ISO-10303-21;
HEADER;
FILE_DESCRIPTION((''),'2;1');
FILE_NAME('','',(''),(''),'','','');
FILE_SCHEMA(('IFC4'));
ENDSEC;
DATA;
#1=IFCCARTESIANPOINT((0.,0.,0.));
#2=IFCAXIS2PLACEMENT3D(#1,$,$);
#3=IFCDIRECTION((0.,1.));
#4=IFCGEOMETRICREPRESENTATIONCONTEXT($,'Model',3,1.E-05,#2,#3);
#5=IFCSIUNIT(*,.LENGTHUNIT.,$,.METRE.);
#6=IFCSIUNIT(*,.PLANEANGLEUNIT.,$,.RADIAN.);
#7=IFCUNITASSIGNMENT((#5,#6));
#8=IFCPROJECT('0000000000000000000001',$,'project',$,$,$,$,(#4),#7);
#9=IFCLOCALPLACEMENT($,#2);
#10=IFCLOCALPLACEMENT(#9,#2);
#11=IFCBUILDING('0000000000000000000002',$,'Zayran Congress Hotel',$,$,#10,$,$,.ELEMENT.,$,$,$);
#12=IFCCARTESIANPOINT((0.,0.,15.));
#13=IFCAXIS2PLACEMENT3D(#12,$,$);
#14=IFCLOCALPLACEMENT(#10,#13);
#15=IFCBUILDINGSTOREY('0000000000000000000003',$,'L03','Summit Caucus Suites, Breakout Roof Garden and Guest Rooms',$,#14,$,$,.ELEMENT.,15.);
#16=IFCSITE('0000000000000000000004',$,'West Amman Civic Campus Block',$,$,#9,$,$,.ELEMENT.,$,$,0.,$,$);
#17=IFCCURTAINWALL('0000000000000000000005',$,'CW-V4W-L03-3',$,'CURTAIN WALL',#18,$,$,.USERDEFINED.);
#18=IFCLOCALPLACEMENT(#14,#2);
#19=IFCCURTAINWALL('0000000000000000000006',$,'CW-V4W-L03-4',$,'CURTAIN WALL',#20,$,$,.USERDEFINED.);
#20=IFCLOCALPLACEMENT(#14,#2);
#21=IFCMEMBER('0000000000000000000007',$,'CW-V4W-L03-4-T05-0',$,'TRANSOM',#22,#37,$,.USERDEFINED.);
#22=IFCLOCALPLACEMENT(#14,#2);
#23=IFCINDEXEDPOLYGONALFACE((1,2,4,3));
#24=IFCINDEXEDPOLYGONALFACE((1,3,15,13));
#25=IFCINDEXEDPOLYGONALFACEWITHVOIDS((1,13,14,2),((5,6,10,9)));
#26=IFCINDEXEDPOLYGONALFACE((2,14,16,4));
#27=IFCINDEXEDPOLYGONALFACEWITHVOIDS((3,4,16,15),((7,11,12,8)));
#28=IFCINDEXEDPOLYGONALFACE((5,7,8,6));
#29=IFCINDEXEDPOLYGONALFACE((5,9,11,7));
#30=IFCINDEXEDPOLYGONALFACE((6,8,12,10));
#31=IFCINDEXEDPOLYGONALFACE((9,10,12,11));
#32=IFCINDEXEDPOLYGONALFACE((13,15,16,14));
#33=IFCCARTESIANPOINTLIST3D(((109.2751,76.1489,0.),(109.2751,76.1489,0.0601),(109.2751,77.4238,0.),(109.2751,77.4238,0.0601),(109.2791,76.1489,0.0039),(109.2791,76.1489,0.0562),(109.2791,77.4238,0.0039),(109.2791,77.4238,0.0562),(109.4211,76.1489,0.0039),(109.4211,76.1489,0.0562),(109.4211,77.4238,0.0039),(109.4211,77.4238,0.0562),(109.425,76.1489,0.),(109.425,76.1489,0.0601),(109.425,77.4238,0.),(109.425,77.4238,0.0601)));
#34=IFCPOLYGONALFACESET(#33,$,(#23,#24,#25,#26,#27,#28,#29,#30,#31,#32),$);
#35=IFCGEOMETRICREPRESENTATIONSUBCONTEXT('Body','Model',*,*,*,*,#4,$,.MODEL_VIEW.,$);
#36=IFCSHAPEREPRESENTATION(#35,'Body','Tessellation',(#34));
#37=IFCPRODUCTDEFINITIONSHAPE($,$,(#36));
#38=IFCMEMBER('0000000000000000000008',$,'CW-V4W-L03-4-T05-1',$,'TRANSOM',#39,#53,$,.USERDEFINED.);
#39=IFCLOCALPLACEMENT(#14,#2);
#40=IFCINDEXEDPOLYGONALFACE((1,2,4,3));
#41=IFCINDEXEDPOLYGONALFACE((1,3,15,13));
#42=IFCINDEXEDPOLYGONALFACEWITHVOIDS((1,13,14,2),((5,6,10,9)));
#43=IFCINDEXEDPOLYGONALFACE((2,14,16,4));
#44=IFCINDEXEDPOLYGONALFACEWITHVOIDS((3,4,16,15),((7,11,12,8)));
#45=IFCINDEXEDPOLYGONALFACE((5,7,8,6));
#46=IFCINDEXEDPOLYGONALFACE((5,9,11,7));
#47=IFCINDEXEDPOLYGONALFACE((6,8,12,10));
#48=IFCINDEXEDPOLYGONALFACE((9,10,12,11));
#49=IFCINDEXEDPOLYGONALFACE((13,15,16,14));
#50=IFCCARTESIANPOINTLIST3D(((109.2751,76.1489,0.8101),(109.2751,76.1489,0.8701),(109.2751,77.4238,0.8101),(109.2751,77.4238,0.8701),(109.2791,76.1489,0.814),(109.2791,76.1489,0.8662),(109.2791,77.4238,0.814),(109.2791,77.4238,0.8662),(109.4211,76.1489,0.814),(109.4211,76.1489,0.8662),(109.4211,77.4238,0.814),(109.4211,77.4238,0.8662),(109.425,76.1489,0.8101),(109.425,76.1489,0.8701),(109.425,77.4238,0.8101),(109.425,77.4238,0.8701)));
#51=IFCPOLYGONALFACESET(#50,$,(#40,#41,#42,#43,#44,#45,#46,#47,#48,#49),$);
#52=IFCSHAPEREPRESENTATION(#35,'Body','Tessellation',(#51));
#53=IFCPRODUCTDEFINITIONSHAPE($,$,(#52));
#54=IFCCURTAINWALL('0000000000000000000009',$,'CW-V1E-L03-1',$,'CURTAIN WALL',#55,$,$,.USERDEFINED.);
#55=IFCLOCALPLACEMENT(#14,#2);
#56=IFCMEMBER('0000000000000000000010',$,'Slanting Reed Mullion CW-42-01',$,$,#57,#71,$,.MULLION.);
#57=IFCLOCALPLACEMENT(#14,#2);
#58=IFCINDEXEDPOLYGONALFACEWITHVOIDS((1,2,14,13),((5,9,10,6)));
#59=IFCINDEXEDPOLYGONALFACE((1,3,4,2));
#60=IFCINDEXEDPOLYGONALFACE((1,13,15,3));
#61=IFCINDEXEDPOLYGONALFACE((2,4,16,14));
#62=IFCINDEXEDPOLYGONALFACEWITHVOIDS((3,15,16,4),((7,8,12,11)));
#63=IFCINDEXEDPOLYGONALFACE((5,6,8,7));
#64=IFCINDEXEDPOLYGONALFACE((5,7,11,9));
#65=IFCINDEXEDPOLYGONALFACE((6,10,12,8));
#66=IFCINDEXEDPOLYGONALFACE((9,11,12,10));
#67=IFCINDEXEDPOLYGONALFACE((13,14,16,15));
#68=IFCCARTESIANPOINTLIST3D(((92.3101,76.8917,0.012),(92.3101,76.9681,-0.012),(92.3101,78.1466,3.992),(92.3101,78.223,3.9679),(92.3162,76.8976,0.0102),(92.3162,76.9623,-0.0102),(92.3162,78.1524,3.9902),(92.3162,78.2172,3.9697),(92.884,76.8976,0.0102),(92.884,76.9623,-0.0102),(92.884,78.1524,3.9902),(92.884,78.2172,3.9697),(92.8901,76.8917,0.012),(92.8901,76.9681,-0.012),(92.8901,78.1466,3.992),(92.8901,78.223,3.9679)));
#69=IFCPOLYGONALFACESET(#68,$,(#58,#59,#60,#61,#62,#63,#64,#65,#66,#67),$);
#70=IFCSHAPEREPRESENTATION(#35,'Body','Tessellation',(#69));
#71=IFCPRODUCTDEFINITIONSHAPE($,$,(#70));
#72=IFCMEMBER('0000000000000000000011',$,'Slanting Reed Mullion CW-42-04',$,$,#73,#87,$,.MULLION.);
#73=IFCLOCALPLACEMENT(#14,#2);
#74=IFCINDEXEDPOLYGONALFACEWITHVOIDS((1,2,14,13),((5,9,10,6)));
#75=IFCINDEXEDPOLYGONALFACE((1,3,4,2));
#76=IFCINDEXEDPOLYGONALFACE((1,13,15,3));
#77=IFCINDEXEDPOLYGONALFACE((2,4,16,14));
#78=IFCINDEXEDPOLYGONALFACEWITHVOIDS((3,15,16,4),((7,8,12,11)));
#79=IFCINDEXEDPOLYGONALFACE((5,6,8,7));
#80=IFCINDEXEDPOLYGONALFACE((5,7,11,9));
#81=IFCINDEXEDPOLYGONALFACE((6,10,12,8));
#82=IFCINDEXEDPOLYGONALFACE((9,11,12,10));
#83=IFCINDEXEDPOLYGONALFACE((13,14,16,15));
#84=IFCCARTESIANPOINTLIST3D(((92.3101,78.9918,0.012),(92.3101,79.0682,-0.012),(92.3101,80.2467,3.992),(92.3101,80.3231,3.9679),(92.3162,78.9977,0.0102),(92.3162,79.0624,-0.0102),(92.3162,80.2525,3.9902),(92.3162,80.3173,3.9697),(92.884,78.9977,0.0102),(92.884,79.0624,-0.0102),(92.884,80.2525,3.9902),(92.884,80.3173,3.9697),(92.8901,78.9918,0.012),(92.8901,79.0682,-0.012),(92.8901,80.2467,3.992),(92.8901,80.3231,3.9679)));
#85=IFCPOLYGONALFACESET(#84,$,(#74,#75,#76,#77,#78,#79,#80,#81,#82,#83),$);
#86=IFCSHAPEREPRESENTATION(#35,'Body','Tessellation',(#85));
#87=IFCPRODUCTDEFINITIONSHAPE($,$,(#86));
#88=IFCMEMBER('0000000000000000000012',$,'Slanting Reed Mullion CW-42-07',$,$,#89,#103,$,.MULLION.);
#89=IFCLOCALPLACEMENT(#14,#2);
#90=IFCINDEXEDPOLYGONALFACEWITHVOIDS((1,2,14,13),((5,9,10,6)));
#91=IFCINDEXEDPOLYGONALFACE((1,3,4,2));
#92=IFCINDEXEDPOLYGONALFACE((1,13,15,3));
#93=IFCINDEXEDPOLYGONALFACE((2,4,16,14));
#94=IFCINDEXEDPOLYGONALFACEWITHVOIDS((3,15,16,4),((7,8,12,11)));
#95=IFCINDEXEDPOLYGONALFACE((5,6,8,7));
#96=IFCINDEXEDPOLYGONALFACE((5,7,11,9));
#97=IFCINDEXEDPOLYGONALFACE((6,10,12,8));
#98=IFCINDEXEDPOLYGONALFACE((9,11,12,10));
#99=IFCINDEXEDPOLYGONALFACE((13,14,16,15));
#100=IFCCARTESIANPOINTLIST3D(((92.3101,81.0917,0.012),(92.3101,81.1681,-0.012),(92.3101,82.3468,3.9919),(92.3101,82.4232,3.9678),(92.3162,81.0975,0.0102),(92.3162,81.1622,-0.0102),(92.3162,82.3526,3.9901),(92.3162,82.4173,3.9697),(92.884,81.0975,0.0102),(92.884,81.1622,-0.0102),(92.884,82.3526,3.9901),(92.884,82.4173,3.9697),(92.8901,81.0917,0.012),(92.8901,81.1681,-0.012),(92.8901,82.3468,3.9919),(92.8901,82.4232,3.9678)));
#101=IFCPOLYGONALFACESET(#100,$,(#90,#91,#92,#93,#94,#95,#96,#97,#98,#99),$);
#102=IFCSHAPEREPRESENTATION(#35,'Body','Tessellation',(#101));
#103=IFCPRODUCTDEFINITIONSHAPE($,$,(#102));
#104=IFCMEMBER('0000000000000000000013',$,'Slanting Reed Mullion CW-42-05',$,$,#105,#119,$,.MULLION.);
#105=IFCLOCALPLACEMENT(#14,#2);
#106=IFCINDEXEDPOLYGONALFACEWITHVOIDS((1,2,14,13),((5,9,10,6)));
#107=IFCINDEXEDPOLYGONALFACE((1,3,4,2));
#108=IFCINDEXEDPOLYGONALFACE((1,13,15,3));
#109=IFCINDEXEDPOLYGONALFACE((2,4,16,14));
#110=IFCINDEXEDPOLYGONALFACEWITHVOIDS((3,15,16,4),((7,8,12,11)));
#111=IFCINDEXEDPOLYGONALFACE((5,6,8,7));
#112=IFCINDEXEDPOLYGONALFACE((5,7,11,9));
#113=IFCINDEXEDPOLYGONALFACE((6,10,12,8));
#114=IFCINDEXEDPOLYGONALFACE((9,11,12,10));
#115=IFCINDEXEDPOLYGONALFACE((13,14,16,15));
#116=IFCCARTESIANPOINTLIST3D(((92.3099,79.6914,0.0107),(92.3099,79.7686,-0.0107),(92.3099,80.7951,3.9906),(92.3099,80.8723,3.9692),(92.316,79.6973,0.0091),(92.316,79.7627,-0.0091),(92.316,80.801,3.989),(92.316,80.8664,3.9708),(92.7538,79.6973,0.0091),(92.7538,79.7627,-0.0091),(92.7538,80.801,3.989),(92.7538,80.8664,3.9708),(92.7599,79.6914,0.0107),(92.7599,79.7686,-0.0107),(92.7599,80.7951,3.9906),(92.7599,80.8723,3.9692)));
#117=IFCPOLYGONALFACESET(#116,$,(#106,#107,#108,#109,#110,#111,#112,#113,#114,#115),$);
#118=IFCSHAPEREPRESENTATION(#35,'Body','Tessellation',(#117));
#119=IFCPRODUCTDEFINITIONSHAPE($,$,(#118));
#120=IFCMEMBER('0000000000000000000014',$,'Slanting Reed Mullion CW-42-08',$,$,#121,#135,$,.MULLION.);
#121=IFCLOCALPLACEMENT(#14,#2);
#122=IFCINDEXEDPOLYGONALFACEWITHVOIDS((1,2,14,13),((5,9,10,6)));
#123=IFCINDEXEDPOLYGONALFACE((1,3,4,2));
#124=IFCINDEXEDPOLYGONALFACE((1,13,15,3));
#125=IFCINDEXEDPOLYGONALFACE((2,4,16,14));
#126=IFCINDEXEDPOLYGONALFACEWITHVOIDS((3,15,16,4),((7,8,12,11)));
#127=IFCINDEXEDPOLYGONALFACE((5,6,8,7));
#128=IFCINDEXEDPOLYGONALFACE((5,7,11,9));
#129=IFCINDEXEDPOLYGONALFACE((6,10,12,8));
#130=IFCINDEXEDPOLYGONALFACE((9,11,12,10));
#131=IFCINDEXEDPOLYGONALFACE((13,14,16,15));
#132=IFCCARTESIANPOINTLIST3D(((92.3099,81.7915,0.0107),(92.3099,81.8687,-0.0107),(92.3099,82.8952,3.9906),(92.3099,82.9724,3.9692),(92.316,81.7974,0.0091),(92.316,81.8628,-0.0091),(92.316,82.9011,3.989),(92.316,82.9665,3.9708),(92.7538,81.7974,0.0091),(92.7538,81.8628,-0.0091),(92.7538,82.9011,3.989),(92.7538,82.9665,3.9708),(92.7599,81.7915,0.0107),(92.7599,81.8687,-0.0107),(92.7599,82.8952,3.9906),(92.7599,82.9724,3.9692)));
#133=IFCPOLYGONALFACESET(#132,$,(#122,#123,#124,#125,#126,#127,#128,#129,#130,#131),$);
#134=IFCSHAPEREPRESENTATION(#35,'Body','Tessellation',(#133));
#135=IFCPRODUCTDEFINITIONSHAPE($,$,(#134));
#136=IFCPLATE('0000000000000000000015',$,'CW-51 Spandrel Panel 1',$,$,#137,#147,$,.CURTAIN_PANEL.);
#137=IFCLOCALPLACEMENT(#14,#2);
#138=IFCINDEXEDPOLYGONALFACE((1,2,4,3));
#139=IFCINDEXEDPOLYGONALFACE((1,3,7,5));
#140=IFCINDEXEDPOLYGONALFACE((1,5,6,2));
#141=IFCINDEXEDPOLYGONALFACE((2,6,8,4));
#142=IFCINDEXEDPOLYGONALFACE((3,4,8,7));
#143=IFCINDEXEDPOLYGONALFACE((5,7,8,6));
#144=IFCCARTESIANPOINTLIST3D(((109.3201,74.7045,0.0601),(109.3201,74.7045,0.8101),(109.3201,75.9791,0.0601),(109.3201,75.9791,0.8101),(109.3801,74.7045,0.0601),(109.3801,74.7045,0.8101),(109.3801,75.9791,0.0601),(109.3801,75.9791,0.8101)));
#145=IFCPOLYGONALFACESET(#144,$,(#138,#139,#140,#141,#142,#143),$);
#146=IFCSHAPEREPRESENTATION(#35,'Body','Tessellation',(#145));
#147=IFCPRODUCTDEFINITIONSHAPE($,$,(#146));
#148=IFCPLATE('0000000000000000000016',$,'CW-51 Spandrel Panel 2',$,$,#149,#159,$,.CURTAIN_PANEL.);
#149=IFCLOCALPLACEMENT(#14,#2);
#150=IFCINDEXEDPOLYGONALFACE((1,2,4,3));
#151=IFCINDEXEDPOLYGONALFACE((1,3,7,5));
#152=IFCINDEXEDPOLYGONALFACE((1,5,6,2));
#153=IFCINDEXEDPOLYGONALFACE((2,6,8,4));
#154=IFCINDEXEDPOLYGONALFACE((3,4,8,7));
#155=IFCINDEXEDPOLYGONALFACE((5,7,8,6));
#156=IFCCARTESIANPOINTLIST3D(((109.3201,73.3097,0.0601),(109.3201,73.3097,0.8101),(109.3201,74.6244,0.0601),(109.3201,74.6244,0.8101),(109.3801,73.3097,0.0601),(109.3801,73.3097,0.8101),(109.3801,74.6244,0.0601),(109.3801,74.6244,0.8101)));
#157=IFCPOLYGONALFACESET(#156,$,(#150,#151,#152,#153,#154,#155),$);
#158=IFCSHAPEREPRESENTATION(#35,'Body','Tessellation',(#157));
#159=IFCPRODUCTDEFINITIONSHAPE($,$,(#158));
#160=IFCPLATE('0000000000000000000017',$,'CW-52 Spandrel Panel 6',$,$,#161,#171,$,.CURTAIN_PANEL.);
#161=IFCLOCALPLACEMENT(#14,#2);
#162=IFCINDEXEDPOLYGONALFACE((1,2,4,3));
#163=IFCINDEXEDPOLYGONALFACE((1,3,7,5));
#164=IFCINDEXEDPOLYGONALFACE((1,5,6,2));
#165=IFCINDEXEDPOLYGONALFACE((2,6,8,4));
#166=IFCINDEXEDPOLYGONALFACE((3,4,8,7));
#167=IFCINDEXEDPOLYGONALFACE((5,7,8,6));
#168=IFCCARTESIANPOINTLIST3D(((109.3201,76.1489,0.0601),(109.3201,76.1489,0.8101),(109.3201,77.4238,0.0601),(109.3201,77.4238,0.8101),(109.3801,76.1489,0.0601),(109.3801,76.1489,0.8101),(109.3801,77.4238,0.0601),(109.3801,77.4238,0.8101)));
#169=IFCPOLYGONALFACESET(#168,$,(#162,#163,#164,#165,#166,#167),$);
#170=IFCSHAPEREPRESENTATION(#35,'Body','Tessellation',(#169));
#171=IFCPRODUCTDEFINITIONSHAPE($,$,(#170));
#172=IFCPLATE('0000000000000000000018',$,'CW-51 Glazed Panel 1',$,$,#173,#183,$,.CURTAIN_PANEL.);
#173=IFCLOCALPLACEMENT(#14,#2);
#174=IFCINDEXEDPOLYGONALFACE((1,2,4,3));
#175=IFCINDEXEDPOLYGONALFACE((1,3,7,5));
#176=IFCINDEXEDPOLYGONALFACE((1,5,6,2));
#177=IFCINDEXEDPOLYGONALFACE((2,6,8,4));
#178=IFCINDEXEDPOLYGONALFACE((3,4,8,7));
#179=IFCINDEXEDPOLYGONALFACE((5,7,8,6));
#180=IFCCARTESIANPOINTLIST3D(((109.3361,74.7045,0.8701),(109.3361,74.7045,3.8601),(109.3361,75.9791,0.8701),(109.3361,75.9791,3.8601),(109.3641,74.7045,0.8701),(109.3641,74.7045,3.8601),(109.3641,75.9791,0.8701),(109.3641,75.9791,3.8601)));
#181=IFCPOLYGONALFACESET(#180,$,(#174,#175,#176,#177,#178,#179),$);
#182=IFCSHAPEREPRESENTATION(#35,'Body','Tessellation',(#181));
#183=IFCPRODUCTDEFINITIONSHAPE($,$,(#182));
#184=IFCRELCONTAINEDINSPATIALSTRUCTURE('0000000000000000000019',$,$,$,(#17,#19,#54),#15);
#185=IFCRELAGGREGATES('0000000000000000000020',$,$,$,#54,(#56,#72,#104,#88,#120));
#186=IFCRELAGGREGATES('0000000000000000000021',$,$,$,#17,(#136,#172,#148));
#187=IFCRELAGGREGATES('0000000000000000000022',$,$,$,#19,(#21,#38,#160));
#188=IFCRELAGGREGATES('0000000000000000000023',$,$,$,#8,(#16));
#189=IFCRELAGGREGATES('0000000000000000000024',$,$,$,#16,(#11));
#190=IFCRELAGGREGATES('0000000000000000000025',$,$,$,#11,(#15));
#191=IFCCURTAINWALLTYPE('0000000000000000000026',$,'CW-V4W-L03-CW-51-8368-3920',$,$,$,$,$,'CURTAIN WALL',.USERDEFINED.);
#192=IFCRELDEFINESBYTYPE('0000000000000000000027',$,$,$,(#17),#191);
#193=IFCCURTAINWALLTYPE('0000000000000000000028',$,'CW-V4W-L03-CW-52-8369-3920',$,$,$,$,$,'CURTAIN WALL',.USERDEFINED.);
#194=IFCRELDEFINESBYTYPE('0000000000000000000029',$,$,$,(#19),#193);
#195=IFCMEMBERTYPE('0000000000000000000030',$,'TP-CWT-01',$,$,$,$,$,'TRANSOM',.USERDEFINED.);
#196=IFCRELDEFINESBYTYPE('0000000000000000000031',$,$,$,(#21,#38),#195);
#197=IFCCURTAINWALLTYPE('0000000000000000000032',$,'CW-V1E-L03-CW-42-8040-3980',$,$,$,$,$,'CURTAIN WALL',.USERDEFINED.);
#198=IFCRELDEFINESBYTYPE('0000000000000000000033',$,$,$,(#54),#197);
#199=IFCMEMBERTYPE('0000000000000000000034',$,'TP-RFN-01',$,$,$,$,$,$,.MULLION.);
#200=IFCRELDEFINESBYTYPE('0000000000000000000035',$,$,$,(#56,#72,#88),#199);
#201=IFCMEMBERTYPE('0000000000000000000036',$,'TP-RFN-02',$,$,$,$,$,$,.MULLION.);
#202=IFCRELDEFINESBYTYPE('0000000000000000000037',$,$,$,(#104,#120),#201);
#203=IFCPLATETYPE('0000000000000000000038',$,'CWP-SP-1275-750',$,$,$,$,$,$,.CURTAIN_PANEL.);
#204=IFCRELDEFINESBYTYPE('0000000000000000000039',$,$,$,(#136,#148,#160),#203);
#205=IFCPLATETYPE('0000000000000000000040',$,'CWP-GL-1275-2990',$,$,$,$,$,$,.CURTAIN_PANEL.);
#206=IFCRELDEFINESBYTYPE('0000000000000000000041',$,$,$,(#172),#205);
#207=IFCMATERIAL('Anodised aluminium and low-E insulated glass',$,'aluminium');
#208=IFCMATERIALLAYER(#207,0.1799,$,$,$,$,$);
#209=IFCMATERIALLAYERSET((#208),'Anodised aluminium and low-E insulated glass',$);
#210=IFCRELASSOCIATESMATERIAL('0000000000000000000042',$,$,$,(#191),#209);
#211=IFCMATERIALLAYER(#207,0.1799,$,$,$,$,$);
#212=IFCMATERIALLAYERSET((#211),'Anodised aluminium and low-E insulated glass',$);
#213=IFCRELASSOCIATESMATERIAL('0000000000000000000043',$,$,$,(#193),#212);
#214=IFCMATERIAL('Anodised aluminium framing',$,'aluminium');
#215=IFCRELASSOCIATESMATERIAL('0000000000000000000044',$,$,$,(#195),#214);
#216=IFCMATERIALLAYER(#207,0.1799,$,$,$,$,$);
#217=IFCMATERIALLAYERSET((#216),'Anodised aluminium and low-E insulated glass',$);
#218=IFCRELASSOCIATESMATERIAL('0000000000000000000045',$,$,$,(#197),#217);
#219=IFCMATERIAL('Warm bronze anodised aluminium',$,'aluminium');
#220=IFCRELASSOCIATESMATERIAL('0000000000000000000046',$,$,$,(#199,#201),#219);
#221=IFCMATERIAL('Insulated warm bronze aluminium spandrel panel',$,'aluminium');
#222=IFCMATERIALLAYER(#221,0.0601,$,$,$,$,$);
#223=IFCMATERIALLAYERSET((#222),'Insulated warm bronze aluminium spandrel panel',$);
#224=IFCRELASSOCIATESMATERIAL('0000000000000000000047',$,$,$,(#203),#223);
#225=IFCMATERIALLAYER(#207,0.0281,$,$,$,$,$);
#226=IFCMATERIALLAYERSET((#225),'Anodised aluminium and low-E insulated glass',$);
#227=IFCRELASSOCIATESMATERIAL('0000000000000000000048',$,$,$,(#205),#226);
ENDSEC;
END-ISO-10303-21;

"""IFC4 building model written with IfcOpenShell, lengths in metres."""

from ifc_helpers import new_model, si_unit, direction, frame, origin, origin_2d, place, context, subcontext, project, spatial, rectangle, hollow_rectangle, extrude, material, layer, layer_set, material_profile, profile_set, type_object, element, aggregate, save


model = new_model("IFC4")

# Units and contexts
model_context = context("Model", 3, precision=1e-05, world=origin(), true_north=direction((0.0, 1.0)))
body_context = subcontext(model_context, "Body", "Model", "MODEL_VIEW")
ifc_project = project(units=[si_unit("LENGTHUNIT", "METRE"), si_unit("PLANEANGLEUNIT", "RADIAN")], contexts=[model_context])

# Site, building, storey
site_placement = place(None, origin())
site = spatial("IfcSite", under=ifc_project, at=site_placement, Name="West Amman Civic Campus Block", CompositionType="ELEMENT", RefElevation=0.0)
building_placement = place(site_placement, origin())
building = spatial("IfcBuilding", under=site, at=building_placement, Name="Zayran Congress Hotel", CompositionType="ELEMENT")
storey_placement = place(building_placement, frame((0.0, 0.0, 15.0)))
storey = spatial("IfcBuildingStorey", under=building, at=storey_placement, Name="L03", Description="Summit Caucus Suites, Breakout Roof Garden and Guest Rooms", CompositionType="ELEMENT", Elevation=15.0)

# Curtain wall
ifc_material_1 = material(Name="Anodised aluminium and low-E insulated glass", Category="aluminium")
ifc_layer_1 = layer(ifc_material_1, 0.1799)
ifc_layer_set_1 = layer_set([ifc_layer_1], Name="Anodised aluminium and low-E insulated glass")
curtain_wall_type_1 = type_object("IfcCurtainWallType", Name="CW-V4W-L03-CW-51-8368-3920", ElementType="CURTAIN WALL", PredefinedType="USERDEFINED", material=ifc_layer_set_1)
curtain_wall_1_placement = place(storey_placement, origin())
curtain_wall_1 = element("IfcCurtainWall", 1, at=curtain_wall_1_placement, inside=storey, type_object=curtain_wall_type_1, Name="CW-V4W-L03-3", ObjectType="CURTAIN WALL", PredefinedType="USERDEFINED")
ifc_material_2 = material(Name="Anodised aluminium framing", Category="aluminium")

# Curtain wall
ifc_layer_2 = layer(ifc_material_1, 0.1799)
ifc_layer_set_2 = layer_set([ifc_layer_2], Name="Anodised aluminium and low-E insulated glass")
curtain_wall_type_2 = type_object("IfcCurtainWallType", Name="CW-V4W-L03-CW-52-8369-3920", ElementType="CURTAIN WALL", PredefinedType="USERDEFINED", material=ifc_layer_set_2)
curtain_wall_2_placement = place(storey_placement, origin())
curtain_wall_2 = element("IfcCurtainWall", 2, at=curtain_wall_2_placement, inside=storey, type_object=curtain_wall_type_2, Name="CW-V4W-L03-4", ObjectType="CURTAIN WALL", PredefinedType="USERDEFINED")

# Members
ifc_material_profile_1 = material_profile(ifc_material_2, hollow_rectangle(XDim=0.0601, YDim=0.1499, WallThickness=0.0039, at=origin_2d()), Name="RHS 150x60x4")
ifc_profile_set_1 = profile_set([ifc_material_profile_1], Name="Anodised aluminium framing")
member_type_1 = type_object("IfcMemberType", Name="TP-CWT-01", ElementType="TRANSOM", PredefinedType="USERDEFINED", material=ifc_profile_set_1)
member_1_placement = place(storey_placement, frame((109.3501, 77.4238, 0.03), z_axis=(0.0, -1.0, 0.0), x_axis=(0.0, 0.0, 1.0)))
member_1 = element("IfcMember", 3, at=member_1_placement, type_object=member_type_1, Name="CW-V4W-L03-4-T05-0", ObjectType="TRANSOM", PredefinedType="USERDEFINED", context=body_context, shape_type="SweptSolid", body=[
    extrude(hollow_rectangle(XDim=0.0601, YDim=0.1499, WallThickness=0.0039, at=origin_2d()), origin(), (0.0, 0.0, 1.0), 1.2749),
])
member_2_placement = place(storey_placement, frame((109.3501, 77.4238, 0.8401), z_axis=(0.0, -1.0, 0.0), x_axis=(0.0, 0.0, 1.0)))
member_2 = element("IfcMember", 4, at=member_2_placement, type_object=member_type_1, Name="CW-V4W-L03-4-T05-1", ObjectType="TRANSOM", PredefinedType="USERDEFINED", context=body_context, shape_type="SweptSolid", body=[
    extrude(hollow_rectangle(XDim=0.0601, YDim=0.1499, WallThickness=0.0039, at=origin_2d()), origin(), (0.0, 0.0, 1.0), 1.2749),
])

# Curtain wall, members
ifc_layer_3 = layer(ifc_material_1, 0.1799)
ifc_layer_set_3 = layer_set([ifc_layer_3], Name="Anodised aluminium and low-E insulated glass")
curtain_wall_type_3 = type_object("IfcCurtainWallType", Name="CW-V1E-L03-CW-42-8040-3980", ElementType="CURTAIN WALL", PredefinedType="USERDEFINED", material=ifc_layer_set_3)
curtain_wall_3_placement = place(storey_placement, origin())
curtain_wall_3 = element("IfcCurtainWall", 5, at=curtain_wall_3_placement, inside=storey, type_object=curtain_wall_type_3, Name="CW-V1E-L03-1", ObjectType="CURTAIN WALL", PredefinedType="USERDEFINED")
ifc_material_3 = material(Name="Warm bronze anodised aluminium", Category="aluminium")
ifc_material_profile_2 = material_profile(ifc_material_3, hollow_rectangle(XDim=0.0801, YDim=0.5801, WallThickness=0.0061, at=origin_2d()), Name="RHS 580x80x6")
ifc_profile_set_2 = profile_set([ifc_material_profile_2], Name="Warm bronze anodised aluminium")
member_type_2 = type_object("IfcMemberType", Name="TP-RFN-01", PredefinedType="MULLION", material=ifc_profile_set_2)
member_3_placement = place(storey_placement, frame((92.6001, 76.9299, 0.0), z_axis=(0.0, 0.300706, 0.953717), x_axis=(0.0, -0.953717, 0.300706)))
member_3 = element("IfcMember", 6, at=member_3_placement, type_object=member_type_2, Name="Slanting Reed Mullion CW-42-01", PredefinedType="MULLION", context=body_context, shape_type="SweptSolid", body=[
    extrude(hollow_rectangle(XDim=0.0801, YDim=0.5801, WallThickness=0.0061, at=origin_2d()), origin(), (0.0, 0.0, 1.0), 4.1731),
])
member_4_placement = place(storey_placement, frame((92.6001, 79.03, 0.0), z_axis=(0.0, 0.300706, 0.953717), x_axis=(0.0, -0.953717, 0.300706)))
member_4 = element("IfcMember", 7, at=member_4_placement, type_object=member_type_2, Name="Slanting Reed Mullion CW-42-04", PredefinedType="MULLION", context=body_context, shape_type="SweptSolid", body=[
    extrude(hollow_rectangle(XDim=0.0801, YDim=0.5801, WallThickness=0.0061, at=origin_2d()), origin(), (0.0, 0.0, 1.0), 4.1731),
])
member_5_placement = place(storey_placement, frame((92.6001, 81.1299, 0.0), z_axis=(0.0, 0.300759, 0.9537), x_axis=(0.0, -0.9537, 0.300759)))
member_5 = element("IfcMember", 8, at=member_5_placement, type_object=member_type_2, Name="Slanting Reed Mullion CW-42-07", PredefinedType="MULLION", context=body_context, shape_type="SweptSolid", body=[
    extrude(hollow_rectangle(XDim=0.0801, YDim=0.5801, WallThickness=0.0061, at=origin_2d()), origin(), (0.0, 0.0, 1.0), 4.1731),
])
ifc_material_profile_3 = material_profile(ifc_material_3, hollow_rectangle(XDim=0.0801, YDim=0.45, WallThickness=0.0061, at=origin_2d()), Name="RHS 450x80x6")
ifc_profile_set_3 = profile_set([ifc_material_profile_3], Name="Warm bronze anodised aluminium")
member_type_3 = type_object("IfcMemberType", Name="TP-RFN-02", PredefinedType="MULLION", material=ifc_profile_set_3)
member_6_placement = place(storey_placement, frame((92.5349, 79.73, 0.0), z_axis=(0.0, 0.267241, 0.96363), x_axis=(0.0, -0.96363, 0.267241)))
member_6 = element("IfcMember", 9, at=member_6_placement, type_object=member_type_3, Name="Slanting Reed Mullion CW-42-05", PredefinedType="MULLION", context=body_context, shape_type="SweptSolid", body=[
    extrude(hollow_rectangle(XDim=0.0801, YDim=0.45, WallThickness=0.0061, at=origin_2d()), origin(), (0.0, 0.0, 1.0), 4.1301),
])
member_7_placement = place(storey_placement, frame((92.5349, 81.8301, 0.0), z_axis=(0.0, 0.267241, 0.96363), x_axis=(0.0, -0.96363, 0.267241)))
member_7 = element("IfcMember", 10, at=member_7_placement, type_object=member_type_3, Name="Slanting Reed Mullion CW-42-08", PredefinedType="MULLION", context=body_context, shape_type="SweptSolid", body=[
    extrude(hollow_rectangle(XDim=0.0801, YDim=0.45, WallThickness=0.0061, at=origin_2d()), origin(), (0.0, 0.0, 1.0), 4.1301),
])
aggregate(curtain_wall_3, [member_3, member_4, member_6, member_5, member_7])

# Plates
ifc_material_4 = material(Name="Insulated warm bronze aluminium spandrel panel", Category="aluminium")
ifc_layer_4 = layer(ifc_material_4, 0.0601)
ifc_layer_set_4 = layer_set([ifc_layer_4], Name="Insulated warm bronze aluminium spandrel panel")
plate_type_1 = type_object("IfcPlateType", Name="CWP-SP-1275-750", PredefinedType="CURTAIN_PANEL", material=ifc_layer_set_4)
plate_1_placement = place(storey_placement, frame((109.3501, 75.3418, 0.0601), z_axis=(0.0, 0.0, 1.0), x_axis=(0.0, 1.0, 0.0)))
plate_1 = element("IfcPlate", 11, at=plate_1_placement, type_object=plate_type_1, Name="CW-51 Spandrel Panel 1", PredefinedType="CURTAIN_PANEL", context=body_context, shape_type="SweptSolid", body=[
    extrude(rectangle(XDim=1.2747, YDim=0.0601, at=origin_2d()), origin(), (0.0, 0.0, 1.0), 0.75),
])
plate_2_placement = place(storey_placement, frame((109.3501, 73.967, 0.0601), z_axis=(0.0, 0.0, 1.0), x_axis=(0.0, 1.0, 0.0)))
plate_2 = element("IfcPlate", 12, at=plate_2_placement, type_object=plate_type_1, Name="CW-51 Spandrel Panel 2", PredefinedType="CURTAIN_PANEL", context=body_context, shape_type="SweptSolid", body=[
    extrude(rectangle(XDim=1.3147, YDim=0.0601, at=origin_2d()), origin(), (0.0, 0.0, 1.0), 0.75),
])
plate_3_placement = place(storey_placement, frame((109.3501, 76.7864, 0.0601), z_axis=(0.0, 0.0, 1.0), x_axis=(0.0, 1.0, 0.0)))
plate_3 = element("IfcPlate", 13, at=plate_3_placement, type_object=plate_type_1, Name="CW-52 Spandrel Panel 6", PredefinedType="CURTAIN_PANEL", context=body_context, shape_type="SweptSolid", body=[
    extrude(rectangle(XDim=1.2749, YDim=0.0601, at=origin_2d()), origin(), (0.0, 0.0, 1.0), 0.75),
])
ifc_layer_5 = layer(ifc_material_1, 0.0281)
ifc_layer_set_5 = layer_set([ifc_layer_5], Name="Anodised aluminium and low-E insulated glass")
plate_type_2 = type_object("IfcPlateType", Name="CWP-GL-1275-2990", PredefinedType="CURTAIN_PANEL", material=ifc_layer_set_5)
plate_4_placement = place(storey_placement, frame((109.3501, 75.3418, 0.8701), z_axis=(0.0, 0.0, 1.0), x_axis=(0.0, 1.0, 0.0)))
plate_4 = element("IfcPlate", 14, at=plate_4_placement, type_object=plate_type_2, Name="CW-51 Glazed Panel 1", PredefinedType="CURTAIN_PANEL", context=body_context, shape_type="SweptSolid", body=[
    extrude(rectangle(XDim=1.2747, YDim=0.0281, at=origin_2d()), origin(), (0.0, 0.0, 1.0), 2.99),
])
aggregate(curtain_wall_1, [plate_1, plate_4, plate_2])
aggregate(curtain_wall_2, [member_1, member_2, plate_3])

save(model, "model.ifc")
